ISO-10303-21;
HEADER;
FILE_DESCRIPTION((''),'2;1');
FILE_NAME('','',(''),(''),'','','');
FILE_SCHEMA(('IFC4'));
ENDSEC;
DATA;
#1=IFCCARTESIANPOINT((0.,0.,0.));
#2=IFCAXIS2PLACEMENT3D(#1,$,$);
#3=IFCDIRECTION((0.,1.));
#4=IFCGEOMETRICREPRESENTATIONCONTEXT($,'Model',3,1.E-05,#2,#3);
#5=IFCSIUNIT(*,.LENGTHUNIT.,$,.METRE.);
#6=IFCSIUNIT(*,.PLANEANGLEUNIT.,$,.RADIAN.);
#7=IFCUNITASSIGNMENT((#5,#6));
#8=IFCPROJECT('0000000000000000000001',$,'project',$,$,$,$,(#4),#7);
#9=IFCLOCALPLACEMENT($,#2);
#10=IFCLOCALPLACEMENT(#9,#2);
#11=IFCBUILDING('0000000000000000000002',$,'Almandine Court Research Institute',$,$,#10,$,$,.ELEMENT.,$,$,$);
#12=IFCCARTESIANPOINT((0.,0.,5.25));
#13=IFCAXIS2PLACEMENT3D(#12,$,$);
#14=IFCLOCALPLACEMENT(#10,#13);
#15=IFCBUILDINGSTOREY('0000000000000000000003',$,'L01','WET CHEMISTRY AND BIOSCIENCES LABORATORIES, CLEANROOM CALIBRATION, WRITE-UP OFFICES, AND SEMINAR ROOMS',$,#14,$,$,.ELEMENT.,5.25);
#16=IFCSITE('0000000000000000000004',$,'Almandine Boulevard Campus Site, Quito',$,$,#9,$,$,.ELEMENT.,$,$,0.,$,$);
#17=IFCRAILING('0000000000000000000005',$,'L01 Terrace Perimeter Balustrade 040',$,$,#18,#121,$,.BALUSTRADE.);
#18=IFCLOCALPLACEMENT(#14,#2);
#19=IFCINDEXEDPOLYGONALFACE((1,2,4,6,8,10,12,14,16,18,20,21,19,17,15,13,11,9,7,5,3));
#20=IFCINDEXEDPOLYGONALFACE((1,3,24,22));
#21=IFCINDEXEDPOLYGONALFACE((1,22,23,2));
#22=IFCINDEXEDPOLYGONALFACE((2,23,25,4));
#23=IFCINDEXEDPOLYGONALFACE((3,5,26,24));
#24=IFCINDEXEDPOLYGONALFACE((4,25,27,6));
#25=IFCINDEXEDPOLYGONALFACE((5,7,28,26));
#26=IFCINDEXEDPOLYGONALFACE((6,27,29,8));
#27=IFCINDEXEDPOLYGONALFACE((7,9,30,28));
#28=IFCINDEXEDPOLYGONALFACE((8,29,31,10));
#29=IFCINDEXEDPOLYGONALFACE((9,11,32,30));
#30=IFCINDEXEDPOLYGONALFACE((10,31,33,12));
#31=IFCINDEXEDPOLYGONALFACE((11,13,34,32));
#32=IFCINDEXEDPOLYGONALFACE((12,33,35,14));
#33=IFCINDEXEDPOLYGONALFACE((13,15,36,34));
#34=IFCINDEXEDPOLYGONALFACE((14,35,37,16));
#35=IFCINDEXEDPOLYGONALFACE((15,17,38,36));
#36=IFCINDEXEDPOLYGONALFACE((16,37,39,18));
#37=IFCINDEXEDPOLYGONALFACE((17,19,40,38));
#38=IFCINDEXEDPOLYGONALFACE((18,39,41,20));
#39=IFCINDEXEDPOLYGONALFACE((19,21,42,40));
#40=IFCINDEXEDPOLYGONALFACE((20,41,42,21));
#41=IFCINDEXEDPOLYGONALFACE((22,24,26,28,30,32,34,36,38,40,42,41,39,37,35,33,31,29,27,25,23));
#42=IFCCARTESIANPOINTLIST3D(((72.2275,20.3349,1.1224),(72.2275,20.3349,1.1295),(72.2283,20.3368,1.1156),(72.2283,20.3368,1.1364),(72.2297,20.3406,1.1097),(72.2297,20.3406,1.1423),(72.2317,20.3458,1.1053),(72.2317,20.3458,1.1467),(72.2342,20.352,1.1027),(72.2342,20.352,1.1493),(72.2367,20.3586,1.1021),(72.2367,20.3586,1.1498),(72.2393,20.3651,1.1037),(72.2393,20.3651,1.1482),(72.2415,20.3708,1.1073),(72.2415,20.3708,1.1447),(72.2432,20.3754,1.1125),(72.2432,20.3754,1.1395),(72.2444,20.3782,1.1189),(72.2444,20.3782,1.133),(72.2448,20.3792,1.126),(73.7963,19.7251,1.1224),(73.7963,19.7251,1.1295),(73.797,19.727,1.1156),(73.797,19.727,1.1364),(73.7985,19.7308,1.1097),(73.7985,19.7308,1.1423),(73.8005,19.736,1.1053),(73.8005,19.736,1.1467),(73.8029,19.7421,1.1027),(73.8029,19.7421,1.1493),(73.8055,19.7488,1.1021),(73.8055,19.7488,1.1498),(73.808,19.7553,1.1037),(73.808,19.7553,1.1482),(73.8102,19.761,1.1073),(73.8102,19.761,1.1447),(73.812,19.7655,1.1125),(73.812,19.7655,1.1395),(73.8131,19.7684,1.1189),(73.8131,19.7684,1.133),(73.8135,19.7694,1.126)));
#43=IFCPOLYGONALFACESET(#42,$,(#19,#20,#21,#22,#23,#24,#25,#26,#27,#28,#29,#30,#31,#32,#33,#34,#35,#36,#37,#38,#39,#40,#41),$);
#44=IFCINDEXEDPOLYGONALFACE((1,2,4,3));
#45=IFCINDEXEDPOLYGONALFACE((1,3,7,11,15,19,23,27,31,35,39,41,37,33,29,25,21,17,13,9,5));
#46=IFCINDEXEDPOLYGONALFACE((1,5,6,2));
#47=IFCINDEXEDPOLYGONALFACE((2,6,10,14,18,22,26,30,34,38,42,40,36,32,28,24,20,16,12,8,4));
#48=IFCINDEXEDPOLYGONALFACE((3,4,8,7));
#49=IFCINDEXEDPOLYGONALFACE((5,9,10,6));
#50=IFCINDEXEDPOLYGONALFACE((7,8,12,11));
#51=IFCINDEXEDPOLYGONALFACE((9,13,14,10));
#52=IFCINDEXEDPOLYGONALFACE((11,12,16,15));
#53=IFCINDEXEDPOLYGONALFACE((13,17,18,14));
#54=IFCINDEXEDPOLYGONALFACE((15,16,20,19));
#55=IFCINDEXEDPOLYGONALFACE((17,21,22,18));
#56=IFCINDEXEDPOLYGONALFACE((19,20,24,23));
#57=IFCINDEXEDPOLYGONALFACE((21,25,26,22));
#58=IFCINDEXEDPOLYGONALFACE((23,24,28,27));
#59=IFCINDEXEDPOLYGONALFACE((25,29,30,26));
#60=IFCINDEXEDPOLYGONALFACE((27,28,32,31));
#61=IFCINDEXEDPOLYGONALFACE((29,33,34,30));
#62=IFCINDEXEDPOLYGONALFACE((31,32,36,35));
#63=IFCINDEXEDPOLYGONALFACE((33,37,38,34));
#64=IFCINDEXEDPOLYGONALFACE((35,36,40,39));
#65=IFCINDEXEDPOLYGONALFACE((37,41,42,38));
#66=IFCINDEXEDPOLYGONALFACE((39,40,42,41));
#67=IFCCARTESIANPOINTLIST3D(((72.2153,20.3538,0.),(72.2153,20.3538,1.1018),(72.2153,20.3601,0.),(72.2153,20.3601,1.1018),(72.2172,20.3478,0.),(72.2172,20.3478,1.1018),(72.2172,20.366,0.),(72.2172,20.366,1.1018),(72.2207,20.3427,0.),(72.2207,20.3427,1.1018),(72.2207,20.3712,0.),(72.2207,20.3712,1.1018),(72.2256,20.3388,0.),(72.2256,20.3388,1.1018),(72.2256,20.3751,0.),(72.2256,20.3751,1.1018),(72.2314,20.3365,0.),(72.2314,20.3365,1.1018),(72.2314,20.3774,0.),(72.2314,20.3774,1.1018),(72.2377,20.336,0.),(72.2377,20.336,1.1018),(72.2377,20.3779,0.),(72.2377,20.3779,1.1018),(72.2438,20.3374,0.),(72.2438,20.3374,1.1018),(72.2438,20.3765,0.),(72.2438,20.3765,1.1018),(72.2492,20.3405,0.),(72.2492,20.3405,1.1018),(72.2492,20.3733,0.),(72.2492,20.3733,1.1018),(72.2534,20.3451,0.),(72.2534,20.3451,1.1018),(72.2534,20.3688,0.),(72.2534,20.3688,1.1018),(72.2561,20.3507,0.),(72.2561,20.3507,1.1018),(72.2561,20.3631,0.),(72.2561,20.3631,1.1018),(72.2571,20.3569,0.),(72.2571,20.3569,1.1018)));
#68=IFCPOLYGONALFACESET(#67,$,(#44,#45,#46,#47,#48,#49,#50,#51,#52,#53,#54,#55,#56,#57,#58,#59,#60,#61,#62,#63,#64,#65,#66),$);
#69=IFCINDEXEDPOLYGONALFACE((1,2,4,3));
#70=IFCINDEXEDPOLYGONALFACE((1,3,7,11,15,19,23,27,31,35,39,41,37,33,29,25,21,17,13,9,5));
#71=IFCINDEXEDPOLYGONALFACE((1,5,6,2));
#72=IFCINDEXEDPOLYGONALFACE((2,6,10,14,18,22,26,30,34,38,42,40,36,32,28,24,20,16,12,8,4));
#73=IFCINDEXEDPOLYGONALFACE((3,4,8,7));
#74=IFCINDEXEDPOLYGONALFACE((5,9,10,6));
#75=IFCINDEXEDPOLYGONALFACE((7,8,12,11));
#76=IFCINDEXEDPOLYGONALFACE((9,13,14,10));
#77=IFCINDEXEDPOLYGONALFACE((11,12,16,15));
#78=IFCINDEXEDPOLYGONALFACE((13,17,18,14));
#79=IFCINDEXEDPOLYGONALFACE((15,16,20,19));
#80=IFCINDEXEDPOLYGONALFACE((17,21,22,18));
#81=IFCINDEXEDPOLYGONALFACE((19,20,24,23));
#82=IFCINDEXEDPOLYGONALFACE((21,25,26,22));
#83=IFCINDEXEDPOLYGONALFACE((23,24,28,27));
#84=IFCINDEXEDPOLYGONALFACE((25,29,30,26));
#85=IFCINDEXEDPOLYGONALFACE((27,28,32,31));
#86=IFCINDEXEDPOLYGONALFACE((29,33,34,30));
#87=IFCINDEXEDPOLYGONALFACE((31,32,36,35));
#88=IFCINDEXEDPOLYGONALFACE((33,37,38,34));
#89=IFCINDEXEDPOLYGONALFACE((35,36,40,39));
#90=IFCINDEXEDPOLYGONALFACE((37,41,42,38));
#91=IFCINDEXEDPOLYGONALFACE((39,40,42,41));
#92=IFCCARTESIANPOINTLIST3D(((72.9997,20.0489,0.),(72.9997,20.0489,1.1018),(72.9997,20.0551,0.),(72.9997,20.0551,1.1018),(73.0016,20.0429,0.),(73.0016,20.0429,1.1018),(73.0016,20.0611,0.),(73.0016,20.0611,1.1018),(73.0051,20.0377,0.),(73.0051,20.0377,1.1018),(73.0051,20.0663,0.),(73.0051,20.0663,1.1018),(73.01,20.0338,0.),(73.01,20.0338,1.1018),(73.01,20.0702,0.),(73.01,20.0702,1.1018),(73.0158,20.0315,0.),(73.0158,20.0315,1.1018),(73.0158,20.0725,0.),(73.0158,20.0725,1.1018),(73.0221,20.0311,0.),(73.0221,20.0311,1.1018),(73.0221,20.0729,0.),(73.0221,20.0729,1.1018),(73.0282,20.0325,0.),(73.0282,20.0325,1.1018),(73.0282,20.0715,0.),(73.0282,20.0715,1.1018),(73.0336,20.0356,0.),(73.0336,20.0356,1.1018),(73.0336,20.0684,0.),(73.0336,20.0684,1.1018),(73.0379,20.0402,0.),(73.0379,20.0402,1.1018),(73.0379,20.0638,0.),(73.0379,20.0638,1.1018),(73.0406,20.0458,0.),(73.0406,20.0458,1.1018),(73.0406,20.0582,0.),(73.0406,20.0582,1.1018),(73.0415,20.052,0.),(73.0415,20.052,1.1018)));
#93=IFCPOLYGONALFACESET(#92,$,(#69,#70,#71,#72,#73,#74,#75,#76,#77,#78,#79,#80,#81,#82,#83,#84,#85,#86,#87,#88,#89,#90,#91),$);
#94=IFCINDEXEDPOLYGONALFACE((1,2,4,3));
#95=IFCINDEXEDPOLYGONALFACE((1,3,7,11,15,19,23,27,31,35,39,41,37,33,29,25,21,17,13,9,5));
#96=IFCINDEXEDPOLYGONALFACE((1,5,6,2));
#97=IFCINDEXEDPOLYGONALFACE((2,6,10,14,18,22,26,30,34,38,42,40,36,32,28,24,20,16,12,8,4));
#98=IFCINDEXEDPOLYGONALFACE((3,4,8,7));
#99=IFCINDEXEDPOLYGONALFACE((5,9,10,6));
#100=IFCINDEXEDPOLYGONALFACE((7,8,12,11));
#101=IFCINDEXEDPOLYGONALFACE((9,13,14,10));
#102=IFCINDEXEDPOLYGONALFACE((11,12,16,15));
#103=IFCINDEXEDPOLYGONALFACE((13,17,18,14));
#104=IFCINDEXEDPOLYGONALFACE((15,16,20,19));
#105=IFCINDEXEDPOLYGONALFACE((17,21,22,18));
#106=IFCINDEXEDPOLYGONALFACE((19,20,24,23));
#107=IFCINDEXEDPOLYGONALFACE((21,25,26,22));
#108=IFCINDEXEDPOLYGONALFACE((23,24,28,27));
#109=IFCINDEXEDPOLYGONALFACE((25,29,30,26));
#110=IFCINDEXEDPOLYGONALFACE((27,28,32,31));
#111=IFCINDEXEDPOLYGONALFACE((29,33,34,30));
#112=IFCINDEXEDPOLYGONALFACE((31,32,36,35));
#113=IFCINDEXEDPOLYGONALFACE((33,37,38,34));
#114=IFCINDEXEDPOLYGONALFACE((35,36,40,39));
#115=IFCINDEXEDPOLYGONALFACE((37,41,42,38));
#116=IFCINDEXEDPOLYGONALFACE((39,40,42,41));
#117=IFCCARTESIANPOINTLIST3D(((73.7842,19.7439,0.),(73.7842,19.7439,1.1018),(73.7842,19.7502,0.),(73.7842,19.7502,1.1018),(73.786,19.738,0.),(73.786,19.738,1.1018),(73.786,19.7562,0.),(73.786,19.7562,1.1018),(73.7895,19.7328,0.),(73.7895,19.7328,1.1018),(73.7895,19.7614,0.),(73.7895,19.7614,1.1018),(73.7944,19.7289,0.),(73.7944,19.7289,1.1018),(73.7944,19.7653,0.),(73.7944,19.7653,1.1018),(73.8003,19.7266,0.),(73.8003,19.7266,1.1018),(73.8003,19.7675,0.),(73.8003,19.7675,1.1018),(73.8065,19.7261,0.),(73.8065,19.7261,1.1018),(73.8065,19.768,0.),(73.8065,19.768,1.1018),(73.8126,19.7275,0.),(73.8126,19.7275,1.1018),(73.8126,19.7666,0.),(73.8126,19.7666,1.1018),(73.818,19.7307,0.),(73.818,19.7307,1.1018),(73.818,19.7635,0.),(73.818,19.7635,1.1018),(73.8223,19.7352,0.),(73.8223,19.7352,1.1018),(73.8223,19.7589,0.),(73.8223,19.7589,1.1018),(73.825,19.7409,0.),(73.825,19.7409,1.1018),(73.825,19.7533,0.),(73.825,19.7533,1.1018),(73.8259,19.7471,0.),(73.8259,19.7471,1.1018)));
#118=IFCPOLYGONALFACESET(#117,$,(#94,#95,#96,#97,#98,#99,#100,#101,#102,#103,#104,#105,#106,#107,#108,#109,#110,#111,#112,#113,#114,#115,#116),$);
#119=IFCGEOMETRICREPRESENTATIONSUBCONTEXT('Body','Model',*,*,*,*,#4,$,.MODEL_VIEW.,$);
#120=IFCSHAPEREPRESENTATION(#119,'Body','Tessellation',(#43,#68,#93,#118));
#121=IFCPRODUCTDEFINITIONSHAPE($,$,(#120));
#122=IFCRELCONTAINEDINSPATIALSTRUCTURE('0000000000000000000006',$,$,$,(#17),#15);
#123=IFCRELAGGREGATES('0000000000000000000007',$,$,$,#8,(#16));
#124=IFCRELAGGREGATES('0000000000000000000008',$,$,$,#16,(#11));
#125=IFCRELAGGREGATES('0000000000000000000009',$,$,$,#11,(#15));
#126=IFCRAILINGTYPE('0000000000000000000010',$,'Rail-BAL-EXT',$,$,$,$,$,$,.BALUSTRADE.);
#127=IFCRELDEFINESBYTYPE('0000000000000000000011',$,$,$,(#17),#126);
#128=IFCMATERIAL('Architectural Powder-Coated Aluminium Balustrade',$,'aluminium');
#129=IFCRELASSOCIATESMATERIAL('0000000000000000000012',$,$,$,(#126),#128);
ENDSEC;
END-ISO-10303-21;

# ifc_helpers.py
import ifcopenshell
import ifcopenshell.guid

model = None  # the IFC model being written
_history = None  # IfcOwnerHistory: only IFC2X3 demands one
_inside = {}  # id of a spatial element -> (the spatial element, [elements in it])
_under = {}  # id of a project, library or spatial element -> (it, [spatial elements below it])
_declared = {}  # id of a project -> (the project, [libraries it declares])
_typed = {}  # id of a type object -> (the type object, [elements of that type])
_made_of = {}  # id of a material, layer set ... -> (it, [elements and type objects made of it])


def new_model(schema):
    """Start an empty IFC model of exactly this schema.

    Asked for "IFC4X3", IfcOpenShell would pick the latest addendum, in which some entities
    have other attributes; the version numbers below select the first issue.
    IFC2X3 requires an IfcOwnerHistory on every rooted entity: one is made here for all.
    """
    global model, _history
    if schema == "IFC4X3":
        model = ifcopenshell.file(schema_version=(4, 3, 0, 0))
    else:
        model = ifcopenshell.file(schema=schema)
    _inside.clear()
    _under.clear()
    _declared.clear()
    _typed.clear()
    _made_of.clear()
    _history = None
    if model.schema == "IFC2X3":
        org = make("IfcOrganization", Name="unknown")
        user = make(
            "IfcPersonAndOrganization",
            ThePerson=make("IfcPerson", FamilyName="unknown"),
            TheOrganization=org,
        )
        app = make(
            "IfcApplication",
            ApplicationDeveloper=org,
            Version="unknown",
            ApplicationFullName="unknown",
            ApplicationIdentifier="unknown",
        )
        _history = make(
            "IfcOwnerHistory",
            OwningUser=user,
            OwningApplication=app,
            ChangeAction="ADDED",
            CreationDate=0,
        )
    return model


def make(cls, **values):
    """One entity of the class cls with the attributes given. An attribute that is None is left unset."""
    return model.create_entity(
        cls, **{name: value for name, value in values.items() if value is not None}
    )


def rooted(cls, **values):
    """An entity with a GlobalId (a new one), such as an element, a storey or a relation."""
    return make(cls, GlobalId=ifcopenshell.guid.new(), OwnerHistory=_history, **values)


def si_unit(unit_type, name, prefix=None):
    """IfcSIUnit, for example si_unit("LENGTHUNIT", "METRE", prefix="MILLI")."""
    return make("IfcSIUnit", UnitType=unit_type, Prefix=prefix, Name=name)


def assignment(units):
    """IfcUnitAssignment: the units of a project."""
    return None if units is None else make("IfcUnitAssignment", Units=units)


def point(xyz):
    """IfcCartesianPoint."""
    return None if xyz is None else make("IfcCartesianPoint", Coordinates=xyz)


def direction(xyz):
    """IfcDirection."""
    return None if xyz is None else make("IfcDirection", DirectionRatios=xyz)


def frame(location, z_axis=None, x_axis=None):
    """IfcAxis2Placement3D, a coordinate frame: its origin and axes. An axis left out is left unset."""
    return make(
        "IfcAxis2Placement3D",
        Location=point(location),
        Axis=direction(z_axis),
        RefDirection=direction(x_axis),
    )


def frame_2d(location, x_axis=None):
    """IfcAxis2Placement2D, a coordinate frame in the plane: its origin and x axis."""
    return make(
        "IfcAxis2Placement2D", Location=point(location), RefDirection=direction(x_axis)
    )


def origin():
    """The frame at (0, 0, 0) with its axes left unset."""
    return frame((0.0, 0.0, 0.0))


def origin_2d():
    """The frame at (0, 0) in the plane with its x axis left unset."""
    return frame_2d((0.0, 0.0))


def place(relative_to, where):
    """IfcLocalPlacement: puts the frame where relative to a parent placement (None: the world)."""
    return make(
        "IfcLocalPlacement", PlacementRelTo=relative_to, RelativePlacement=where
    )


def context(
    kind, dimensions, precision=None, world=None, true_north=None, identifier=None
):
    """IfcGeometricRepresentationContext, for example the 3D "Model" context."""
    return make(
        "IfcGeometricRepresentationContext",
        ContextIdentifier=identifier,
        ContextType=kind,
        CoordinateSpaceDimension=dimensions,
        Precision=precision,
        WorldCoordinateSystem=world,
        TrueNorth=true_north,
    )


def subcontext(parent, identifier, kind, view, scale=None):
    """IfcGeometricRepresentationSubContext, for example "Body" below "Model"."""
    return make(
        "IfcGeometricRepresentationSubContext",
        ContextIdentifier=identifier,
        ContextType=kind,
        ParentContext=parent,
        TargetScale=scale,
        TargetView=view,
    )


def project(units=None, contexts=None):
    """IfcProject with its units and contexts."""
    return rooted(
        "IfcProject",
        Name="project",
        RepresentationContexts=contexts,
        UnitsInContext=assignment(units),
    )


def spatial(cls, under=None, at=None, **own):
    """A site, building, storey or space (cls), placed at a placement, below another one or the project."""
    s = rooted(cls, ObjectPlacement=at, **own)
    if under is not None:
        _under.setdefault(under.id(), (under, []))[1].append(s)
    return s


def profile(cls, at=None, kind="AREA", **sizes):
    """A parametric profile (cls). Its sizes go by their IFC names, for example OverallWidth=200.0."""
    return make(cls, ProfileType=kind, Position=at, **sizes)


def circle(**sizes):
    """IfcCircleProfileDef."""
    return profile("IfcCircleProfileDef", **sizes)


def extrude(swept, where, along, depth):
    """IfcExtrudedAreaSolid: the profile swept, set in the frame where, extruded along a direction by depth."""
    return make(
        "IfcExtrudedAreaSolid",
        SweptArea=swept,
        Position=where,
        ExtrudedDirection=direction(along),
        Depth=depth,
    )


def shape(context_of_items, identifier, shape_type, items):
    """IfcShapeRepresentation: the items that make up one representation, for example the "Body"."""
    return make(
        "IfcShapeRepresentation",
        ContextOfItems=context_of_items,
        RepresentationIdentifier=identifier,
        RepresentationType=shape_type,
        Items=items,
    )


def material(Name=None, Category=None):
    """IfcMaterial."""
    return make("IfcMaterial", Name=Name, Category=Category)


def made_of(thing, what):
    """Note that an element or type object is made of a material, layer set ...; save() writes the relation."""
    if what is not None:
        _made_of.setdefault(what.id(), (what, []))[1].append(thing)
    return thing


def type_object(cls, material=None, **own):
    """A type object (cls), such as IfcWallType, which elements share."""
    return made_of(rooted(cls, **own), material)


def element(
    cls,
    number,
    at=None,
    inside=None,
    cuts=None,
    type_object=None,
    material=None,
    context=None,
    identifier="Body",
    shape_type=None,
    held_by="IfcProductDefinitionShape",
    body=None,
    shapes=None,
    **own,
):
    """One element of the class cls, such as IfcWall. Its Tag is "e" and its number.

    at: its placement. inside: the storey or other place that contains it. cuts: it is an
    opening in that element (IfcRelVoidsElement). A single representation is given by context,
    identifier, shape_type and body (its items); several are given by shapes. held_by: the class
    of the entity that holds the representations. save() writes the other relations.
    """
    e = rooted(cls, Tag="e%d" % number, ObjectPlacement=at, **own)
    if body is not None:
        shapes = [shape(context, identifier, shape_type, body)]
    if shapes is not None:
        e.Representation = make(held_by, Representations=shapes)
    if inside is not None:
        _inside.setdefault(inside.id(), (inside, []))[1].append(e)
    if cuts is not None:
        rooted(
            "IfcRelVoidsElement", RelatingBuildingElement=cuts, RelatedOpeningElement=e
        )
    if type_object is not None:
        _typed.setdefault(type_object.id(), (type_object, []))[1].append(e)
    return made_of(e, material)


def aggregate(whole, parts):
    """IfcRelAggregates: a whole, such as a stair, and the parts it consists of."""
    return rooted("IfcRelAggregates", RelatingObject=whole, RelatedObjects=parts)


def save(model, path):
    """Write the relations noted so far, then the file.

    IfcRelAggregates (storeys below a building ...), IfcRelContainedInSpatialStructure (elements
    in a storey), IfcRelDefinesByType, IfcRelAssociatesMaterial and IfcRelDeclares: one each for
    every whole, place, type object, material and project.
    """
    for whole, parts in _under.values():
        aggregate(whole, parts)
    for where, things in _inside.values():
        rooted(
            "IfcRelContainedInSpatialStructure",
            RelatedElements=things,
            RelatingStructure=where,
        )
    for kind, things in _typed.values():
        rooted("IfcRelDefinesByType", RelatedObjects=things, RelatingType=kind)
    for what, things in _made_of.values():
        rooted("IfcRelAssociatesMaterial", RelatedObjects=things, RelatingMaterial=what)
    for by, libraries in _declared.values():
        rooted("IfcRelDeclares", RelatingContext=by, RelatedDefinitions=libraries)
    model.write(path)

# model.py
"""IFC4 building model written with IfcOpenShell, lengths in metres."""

from ifc_helpers import new_model, si_unit, direction, frame, origin, origin_2d, place, context, subcontext, project, spatial, circle, extrude, material, type_object, element, save


model = new_model("IFC4")

# Units and contexts
model_context = context("Model", 3, precision=1e-05, world=origin(), true_north=direction((0.0, 1.0)))
body_context = subcontext(model_context, "Body", "Model", "MODEL_VIEW")
ifc_project = project(units=[si_unit("LENGTHUNIT", "METRE"), si_unit("PLANEANGLEUNIT", "RADIAN")], contexts=[model_context])

# Site, building, storey
site_placement = place(None, origin())
site = spatial("IfcSite", under=ifc_project, at=site_placement, Name="Almandine Boulevard Campus Site, Quito", CompositionType="ELEMENT", RefElevation=0.0)
building_placement = place(site_placement, origin())
building = spatial("IfcBuilding", under=site, at=building_placement, Name="Almandine Court Research Institute", CompositionType="ELEMENT")
storey_placement = place(building_placement, frame((0.0, 0.0, 5.25)))
storey = spatial("IfcBuildingStorey", under=building, at=storey_placement, Name="L01", Description="WET CHEMISTRY AND BIOSCIENCES LABORATORIES, CLEANROOM CALIBRATION, WRITE-UP OFFICES, AND SEMINAR ROOMS", CompositionType="ELEMENT", Elevation=5.25)

# Railing
ifc_material_1 = material(Name="Architectural Powder-Coated Aluminium Balustrade", Category="aluminium")
railing_type = type_object("IfcRailingType", Name="Rail-BAL-EXT", PredefinedType="BALUSTRADE", material=ifc_material_1)
railing_1_placement = place(storey_placement, frame((72.2361, 20.3569, 0.0)))
element("IfcRailing", 1, at=railing_1_placement, inside=storey, type_object=railing_type, Name="L01 Terrace Perimeter Balustrade 040", PredefinedType="BALUSTRADE", context=body_context, shape_type="SweptSolid", body=[
    extrude(circle(Radius=0.0239, at=origin_2d()), frame((0.0, 0.0, 1.126), z_axis=(0.932054, -0.36232, 0.0), x_axis=(0.36232, 0.932054, 0.0)), (0.0, 0.0, 1.0), 1.6831),
    extrude(circle(Radius=0.021, at=origin_2d()), origin(), (0.0, 0.0, 1.0), 1.1018),
    extrude(circle(Radius=0.021, at=origin_2d()), frame((0.7844, -0.3049, 0.0)), (0.0, 0.0, 1.0), 1.1018),
    extrude(circle(Radius=0.021, at=origin_2d()), frame((1.5688, -0.6099, 0.0)), (0.0, 0.0, 1.0), 1.1018),
])

save(model, "model.ifc")
